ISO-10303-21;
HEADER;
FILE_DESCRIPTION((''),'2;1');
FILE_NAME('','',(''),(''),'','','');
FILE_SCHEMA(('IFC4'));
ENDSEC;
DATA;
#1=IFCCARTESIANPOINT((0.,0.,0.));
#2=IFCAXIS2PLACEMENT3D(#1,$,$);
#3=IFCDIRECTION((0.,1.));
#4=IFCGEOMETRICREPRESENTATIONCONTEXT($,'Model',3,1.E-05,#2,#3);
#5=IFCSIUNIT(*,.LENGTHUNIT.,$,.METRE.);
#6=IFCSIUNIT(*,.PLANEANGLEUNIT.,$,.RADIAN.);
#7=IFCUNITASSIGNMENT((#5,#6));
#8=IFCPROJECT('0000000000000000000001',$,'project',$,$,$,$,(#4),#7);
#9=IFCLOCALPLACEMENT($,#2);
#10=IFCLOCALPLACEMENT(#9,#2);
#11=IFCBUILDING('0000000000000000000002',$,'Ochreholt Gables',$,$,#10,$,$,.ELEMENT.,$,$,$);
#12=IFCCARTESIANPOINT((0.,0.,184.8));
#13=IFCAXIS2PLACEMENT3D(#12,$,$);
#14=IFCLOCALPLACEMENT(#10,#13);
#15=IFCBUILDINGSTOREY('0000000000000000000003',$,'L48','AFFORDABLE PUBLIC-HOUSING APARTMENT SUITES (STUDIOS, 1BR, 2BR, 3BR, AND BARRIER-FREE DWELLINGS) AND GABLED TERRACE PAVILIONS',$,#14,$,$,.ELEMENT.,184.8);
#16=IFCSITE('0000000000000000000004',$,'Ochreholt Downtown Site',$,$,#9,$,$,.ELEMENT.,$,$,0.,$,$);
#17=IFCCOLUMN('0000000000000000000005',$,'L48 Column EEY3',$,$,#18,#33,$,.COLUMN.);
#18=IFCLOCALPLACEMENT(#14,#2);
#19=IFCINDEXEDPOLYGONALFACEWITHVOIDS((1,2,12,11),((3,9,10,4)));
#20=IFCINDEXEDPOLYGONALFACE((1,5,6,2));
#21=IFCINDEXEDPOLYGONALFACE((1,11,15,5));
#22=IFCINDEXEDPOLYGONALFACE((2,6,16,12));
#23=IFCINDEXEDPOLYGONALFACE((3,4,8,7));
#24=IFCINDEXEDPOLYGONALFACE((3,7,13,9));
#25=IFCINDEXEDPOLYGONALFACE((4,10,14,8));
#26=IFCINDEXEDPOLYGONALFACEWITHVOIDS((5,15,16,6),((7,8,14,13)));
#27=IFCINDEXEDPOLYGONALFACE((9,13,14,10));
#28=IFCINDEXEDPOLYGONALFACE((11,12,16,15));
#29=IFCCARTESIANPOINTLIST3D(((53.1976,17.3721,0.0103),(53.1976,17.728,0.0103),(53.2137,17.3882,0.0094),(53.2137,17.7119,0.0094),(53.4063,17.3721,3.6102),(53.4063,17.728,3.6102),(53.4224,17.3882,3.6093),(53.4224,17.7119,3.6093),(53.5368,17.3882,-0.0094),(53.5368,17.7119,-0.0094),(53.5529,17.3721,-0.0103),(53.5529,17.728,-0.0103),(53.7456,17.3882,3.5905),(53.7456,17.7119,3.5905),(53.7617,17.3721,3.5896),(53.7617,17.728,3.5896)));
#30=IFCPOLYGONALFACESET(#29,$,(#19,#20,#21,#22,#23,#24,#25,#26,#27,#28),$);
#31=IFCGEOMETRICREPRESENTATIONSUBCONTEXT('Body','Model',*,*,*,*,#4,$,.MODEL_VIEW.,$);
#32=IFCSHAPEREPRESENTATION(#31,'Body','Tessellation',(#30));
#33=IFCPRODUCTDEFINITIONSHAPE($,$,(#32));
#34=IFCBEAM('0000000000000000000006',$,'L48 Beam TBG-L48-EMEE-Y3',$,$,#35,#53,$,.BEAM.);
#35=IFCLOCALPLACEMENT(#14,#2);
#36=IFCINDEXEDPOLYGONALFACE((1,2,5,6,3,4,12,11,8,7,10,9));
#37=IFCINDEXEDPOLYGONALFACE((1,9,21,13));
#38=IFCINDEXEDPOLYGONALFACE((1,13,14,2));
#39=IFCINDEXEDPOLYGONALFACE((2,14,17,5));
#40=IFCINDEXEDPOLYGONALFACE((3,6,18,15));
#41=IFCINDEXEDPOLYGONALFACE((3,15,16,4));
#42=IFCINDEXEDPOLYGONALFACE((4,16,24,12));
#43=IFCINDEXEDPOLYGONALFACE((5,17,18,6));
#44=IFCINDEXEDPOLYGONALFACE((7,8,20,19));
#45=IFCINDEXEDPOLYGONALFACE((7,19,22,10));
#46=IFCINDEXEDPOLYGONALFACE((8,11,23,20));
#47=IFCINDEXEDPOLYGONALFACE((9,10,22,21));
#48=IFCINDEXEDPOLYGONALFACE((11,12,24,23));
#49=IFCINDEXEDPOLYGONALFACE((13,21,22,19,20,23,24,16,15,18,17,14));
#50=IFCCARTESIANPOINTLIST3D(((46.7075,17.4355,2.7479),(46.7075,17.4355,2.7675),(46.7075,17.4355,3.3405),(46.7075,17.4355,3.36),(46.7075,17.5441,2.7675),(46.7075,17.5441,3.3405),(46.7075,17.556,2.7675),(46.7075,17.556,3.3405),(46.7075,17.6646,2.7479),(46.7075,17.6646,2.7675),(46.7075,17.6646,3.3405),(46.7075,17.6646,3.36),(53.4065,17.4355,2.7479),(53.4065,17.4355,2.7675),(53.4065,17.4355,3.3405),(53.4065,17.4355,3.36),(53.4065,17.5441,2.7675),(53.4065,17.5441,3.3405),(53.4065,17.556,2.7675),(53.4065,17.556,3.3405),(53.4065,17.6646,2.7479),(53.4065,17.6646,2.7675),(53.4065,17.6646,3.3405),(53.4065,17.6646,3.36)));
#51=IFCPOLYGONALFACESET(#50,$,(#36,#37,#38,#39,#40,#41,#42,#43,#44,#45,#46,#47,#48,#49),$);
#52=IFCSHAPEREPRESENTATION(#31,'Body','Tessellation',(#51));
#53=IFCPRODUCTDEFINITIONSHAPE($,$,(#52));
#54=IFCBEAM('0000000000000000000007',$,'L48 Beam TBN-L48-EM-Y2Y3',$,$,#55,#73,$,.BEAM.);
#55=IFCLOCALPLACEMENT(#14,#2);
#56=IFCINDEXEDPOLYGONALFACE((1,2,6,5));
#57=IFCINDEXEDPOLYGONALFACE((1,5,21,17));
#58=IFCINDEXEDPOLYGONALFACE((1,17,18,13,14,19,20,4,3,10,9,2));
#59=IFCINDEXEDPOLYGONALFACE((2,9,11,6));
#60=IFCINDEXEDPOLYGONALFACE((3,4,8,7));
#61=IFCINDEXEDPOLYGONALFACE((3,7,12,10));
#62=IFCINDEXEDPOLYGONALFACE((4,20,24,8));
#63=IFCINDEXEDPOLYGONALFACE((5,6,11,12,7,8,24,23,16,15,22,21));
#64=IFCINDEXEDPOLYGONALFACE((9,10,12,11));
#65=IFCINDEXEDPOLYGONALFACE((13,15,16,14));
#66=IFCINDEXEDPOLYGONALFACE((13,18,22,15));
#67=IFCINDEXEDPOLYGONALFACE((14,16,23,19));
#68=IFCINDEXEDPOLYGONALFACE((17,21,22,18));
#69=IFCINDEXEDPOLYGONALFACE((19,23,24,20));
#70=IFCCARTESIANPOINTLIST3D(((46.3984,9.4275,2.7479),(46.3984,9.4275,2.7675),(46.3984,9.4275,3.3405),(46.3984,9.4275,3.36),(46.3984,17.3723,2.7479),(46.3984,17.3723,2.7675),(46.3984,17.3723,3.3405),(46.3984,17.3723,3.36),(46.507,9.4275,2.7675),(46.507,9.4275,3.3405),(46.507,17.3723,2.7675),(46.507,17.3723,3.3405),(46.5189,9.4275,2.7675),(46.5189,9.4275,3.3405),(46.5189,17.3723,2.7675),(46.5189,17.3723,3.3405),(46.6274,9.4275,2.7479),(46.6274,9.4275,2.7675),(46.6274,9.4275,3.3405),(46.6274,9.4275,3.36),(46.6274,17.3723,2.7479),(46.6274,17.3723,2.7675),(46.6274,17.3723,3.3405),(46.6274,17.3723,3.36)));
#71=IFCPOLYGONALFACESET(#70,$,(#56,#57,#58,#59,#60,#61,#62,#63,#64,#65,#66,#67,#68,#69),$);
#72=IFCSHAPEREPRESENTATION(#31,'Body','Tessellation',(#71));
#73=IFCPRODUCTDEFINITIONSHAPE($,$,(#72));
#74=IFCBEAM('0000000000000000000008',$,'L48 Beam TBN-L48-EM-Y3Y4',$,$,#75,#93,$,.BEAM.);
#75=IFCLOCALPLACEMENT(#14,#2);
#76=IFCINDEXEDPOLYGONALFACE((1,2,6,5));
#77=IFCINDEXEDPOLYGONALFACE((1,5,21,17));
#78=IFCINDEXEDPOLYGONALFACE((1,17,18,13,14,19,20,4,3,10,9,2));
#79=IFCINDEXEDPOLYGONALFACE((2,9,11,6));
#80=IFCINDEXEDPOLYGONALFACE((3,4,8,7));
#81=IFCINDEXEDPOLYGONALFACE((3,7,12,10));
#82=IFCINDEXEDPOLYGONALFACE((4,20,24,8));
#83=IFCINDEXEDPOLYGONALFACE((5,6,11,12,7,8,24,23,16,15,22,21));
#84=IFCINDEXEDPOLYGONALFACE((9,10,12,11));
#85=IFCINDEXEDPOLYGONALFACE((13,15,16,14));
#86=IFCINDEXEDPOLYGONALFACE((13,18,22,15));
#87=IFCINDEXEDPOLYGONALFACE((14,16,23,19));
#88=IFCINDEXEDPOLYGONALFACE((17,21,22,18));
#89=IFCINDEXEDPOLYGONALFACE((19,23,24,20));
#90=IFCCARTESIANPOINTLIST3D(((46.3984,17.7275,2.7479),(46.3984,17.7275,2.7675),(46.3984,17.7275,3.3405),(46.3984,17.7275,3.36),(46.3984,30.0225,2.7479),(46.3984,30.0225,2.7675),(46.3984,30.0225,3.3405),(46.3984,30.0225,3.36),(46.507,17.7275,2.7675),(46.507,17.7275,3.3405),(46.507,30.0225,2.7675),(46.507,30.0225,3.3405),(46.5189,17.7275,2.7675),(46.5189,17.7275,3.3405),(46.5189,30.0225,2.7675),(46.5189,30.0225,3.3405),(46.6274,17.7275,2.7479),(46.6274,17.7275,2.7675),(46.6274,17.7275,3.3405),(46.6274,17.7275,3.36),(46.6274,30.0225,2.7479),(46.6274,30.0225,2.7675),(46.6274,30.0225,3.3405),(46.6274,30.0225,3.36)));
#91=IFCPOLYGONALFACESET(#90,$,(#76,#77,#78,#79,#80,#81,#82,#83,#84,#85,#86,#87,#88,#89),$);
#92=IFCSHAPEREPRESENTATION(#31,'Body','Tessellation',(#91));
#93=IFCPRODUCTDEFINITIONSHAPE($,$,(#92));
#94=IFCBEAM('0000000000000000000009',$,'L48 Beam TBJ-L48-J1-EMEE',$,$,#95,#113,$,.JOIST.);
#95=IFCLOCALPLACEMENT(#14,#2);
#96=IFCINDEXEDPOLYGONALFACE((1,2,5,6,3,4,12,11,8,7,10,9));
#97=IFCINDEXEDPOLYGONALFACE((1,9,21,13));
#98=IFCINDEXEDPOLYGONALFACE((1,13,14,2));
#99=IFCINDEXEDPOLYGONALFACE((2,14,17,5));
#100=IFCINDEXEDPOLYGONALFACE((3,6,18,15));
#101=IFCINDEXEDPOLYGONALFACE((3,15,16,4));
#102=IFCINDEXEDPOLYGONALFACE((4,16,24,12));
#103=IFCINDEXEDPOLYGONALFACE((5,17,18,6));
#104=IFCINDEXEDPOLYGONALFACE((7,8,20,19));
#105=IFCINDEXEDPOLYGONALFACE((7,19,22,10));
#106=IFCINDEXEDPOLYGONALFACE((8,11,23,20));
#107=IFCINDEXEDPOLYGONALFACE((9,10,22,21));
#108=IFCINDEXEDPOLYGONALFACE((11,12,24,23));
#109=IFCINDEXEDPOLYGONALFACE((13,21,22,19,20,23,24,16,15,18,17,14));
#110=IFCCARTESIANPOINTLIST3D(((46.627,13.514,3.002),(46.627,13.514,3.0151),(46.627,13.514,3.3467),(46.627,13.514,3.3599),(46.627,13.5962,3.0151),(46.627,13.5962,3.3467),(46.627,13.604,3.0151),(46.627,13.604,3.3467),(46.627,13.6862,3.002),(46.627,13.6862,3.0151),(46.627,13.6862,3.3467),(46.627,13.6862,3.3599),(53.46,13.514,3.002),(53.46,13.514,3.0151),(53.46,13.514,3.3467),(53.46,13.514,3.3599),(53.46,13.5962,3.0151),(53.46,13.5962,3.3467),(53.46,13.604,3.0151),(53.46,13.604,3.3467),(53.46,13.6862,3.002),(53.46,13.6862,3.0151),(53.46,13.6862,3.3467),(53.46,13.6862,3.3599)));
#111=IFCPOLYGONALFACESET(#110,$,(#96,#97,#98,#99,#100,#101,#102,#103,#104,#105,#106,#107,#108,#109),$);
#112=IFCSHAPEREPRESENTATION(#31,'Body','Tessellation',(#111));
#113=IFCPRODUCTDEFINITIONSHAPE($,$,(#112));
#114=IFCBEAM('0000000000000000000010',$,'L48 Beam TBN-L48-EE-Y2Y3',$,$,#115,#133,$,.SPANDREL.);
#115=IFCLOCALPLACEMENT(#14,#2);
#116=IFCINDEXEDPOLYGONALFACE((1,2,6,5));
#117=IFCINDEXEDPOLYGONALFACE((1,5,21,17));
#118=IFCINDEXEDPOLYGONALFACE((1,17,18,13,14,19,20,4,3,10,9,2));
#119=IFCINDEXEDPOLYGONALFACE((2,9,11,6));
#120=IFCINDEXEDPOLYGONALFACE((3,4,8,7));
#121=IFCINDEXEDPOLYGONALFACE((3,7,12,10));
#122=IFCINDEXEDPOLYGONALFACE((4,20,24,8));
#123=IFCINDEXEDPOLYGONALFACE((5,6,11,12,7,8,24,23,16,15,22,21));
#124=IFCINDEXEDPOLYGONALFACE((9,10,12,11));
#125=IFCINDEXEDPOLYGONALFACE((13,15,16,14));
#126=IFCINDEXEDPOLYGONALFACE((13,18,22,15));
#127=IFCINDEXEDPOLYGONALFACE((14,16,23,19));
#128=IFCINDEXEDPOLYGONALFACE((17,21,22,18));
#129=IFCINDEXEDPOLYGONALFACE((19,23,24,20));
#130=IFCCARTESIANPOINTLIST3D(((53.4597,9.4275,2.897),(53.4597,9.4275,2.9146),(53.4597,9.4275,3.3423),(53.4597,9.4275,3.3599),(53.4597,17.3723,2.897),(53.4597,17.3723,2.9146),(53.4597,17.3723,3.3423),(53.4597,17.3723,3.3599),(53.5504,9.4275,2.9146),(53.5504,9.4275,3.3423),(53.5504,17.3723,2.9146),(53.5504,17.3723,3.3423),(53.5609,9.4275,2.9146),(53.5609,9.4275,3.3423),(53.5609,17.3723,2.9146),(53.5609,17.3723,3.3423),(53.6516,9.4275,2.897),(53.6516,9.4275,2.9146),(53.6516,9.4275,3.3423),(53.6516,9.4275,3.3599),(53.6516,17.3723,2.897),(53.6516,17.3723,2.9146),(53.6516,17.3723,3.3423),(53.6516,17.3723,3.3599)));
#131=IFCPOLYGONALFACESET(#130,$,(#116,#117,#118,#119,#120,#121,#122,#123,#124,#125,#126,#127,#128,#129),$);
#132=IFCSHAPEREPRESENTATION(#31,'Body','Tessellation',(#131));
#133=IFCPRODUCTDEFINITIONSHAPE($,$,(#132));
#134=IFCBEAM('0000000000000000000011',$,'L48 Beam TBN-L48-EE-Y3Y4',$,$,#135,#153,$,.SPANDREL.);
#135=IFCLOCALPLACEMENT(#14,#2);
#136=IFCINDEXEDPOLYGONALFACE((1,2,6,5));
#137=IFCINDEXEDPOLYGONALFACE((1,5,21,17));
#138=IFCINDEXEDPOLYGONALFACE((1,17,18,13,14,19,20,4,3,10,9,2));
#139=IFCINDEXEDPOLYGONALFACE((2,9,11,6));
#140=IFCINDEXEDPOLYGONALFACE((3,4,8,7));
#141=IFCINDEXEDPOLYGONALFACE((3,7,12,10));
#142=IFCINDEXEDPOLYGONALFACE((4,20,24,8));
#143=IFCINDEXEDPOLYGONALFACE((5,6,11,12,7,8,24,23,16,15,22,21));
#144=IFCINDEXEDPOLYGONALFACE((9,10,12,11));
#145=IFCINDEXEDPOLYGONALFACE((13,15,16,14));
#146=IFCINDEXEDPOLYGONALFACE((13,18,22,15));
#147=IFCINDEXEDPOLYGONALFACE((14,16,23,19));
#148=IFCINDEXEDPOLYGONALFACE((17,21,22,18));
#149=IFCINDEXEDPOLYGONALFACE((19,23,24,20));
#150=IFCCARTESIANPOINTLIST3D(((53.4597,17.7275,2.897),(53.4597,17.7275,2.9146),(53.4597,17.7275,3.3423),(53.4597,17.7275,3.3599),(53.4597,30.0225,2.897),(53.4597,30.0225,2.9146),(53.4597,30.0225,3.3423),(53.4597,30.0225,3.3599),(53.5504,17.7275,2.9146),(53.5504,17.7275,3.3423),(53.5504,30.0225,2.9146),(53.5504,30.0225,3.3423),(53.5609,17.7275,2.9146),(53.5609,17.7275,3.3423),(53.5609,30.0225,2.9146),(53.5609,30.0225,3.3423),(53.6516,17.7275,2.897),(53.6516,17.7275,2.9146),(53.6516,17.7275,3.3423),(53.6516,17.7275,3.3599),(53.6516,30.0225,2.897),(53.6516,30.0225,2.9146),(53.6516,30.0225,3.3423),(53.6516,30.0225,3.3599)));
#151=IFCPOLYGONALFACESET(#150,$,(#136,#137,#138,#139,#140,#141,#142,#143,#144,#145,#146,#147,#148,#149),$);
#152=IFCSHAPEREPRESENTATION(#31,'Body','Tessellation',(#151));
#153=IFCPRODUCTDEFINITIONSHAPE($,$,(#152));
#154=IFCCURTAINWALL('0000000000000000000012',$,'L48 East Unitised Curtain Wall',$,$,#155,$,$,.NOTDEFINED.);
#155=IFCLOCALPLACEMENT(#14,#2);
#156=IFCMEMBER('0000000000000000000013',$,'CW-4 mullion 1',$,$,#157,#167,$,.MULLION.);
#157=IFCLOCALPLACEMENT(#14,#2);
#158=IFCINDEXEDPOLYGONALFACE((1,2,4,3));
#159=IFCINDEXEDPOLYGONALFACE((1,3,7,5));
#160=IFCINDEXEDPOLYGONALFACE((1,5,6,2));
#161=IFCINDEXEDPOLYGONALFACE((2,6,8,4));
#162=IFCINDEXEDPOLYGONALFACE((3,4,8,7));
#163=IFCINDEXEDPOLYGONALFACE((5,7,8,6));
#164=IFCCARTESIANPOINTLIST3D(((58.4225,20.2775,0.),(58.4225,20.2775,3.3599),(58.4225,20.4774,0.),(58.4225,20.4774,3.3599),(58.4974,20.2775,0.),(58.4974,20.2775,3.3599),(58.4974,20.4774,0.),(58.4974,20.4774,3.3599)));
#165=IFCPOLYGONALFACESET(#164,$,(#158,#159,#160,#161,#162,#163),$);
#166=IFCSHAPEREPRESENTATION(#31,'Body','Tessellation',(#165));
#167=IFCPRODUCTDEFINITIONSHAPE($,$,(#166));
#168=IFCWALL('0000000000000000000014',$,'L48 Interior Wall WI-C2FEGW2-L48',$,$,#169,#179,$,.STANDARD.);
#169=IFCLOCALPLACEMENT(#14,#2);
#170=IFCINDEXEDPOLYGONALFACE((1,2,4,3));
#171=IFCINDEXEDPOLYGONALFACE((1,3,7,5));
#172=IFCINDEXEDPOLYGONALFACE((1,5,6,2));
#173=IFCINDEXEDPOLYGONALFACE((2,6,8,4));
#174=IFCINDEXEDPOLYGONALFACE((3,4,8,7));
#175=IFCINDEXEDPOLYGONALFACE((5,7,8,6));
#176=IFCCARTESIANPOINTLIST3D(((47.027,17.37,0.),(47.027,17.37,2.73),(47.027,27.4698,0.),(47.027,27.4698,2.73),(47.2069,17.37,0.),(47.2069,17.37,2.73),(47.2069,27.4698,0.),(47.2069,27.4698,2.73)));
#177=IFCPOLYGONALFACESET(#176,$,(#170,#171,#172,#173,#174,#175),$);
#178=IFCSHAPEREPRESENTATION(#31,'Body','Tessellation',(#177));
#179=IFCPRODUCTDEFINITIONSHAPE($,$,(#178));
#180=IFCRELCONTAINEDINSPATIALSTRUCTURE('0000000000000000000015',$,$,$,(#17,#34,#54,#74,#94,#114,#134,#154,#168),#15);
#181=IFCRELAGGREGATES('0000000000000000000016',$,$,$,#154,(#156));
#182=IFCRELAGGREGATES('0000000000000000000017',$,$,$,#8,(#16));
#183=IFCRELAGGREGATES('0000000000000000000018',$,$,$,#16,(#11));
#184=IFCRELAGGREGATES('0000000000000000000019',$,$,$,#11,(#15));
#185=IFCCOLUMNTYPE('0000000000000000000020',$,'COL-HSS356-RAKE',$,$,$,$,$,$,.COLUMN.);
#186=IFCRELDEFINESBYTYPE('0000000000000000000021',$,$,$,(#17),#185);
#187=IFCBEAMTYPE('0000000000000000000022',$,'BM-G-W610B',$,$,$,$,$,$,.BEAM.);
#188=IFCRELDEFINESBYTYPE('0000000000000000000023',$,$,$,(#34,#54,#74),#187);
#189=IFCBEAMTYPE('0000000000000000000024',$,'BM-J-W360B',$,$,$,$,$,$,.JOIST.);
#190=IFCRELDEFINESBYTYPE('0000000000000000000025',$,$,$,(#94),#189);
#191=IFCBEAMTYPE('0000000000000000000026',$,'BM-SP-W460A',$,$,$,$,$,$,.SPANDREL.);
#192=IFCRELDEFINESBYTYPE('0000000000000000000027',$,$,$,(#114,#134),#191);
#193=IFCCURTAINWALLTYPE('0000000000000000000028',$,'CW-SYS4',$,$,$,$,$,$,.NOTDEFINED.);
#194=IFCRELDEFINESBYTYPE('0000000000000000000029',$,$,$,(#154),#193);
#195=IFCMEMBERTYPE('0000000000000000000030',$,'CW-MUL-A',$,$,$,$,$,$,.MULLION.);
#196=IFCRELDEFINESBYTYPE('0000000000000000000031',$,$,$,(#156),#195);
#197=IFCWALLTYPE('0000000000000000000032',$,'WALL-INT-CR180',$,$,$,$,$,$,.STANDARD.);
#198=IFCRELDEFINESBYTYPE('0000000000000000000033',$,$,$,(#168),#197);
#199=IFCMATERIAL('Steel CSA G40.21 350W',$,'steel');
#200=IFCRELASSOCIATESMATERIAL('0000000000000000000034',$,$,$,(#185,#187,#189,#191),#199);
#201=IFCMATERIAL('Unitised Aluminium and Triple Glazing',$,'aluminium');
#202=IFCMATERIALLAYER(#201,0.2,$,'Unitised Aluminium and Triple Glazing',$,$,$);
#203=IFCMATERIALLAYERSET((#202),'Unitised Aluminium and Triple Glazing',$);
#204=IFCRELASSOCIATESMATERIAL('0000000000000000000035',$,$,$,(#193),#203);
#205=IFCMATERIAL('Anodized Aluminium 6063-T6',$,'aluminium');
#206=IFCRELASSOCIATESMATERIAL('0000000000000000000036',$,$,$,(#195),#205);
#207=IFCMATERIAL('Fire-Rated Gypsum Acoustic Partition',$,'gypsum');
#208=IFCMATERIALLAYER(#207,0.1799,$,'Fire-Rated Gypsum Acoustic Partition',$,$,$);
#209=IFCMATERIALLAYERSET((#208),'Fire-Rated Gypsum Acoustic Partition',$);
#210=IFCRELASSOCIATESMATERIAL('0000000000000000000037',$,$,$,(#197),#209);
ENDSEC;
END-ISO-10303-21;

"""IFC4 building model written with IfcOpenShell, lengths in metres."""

from ifc_helpers import new_model, si_unit, direction, frame, frame_2d, origin, origin_2d, place, context, subcontext, project, spatial, rectangle, hollow_rectangle, i_section, extrude, material, layer, layer_set, material_profile, profile_set, type_object, element, aggregate, save


model = new_model("IFC4")

# Units and contexts
model_context = context("Model", 3, precision=1e-05, world=origin(), true_north=direction((0.0, 1.0)))
body_context = subcontext(model_context, "Body", "Model", "MODEL_VIEW")
ifc_project = project(units=[si_unit("LENGTHUNIT", "METRE"), si_unit("PLANEANGLEUNIT", "RADIAN")], contexts=[model_context])

# Site, building, storey
site_placement = place(None, origin())
site = spatial("IfcSite", under=ifc_project, at=site_placement, Name="Ochreholt Downtown Site", CompositionType="ELEMENT", RefElevation=0.0)
building_placement = place(site_placement, origin())
building = spatial("IfcBuilding", under=site, at=building_placement, Name="Ochreholt Gables", CompositionType="ELEMENT")
storey_placement = place(building_placement, frame((0.0, 0.0, 184.8)))
storey = spatial("IfcBuildingStorey", under=building, at=storey_placement, Name="L48", Description="AFFORDABLE PUBLIC-HOUSING APARTMENT SUITES (STUDIOS, 1BR, 2BR, 3BR, AND BARRIER-FREE DWELLINGS) AND GABLED TERRACE PAVILIONS", CompositionType="ELEMENT", Elevation=184.8)

# Column
ifc_material_1 = material(Name="Steel CSA G40.21 350W", Category="steel")
ifc_material_profile_1 = material_profile(ifc_material_1, hollow_rectangle(XDim=0.356, YDim=0.356, WallThickness=0.0161, at=origin_2d()), Name="HSS356X356X16")
ifc_profile_set_1 = profile_set([ifc_material_profile_1], Name="Steel CSA G40.21 350W")
column_type = type_object("IfcColumnType", Name="COL-HSS356-RAKE", PredefinedType="COLUMN", material=ifc_profile_set_1)
column_placement = place(storey_placement, frame((53.3752, 17.55, 0.0), z_axis=(0.057889, 0.0, 0.998323), x_axis=(0.0, 1.0, 0.0)))
element("IfcColumn", 1, at=column_placement, inside=storey, type_object=column_type, Name="L48 Column EEY3", PredefinedType="COLUMN", context=body_context, shape_type="SweptSolid", body=[
    extrude(hollow_rectangle(XDim=0.356, YDim=0.356, WallThickness=0.0161, at=origin_2d()), origin(), (0.0, 0.0, 1.0), 3.606),
])

# Beams
ifc_material_profile_2 = material_profile(ifc_material_1, i_section(OverallWidth=0.229, OverallDepth=0.6121, WebThickness=0.012, FlangeThickness=0.0195, at=origin_2d()), Name="W610X125")
ifc_profile_set_2 = profile_set([ifc_material_profile_2], Name="Steel CSA G40.21 350W")
beam_type_1 = type_object("IfcBeamType", Name="BM-G-W610B", PredefinedType="BEAM", material=ifc_profile_set_2)
beam_1_placement = place(storey_placement, frame((46.7075, 17.55, 3.054), z_axis=(1.0, 0.0, 0.0), x_axis=(0.0, 1.0, 0.0)))
element("IfcBeam", 2, at=beam_1_placement, inside=storey, type_object=beam_type_1, Name="L48 Beam TBG-L48-EMEE-Y3", PredefinedType="BEAM", context=body_context, shape_type="SweptSolid", body=[
    extrude(i_section(OverallWidth=0.229, OverallDepth=0.6121, WebThickness=0.012, FlangeThickness=0.0195, at=origin_2d()), origin(), (0.0, 0.0, 1.0), 6.699),
])
beam_2_placement = place(storey_placement, frame((46.5129, 9.4275, 3.054), z_axis=(0.0, 1.0, 0.0), x_axis=(-1.0, 0.0, 0.0)))
element("IfcBeam", 3, at=beam_2_placement, inside=storey, type_object=beam_type_1, Name="L48 Beam TBN-L48-EM-Y2Y3", PredefinedType="BEAM", context=body_context, shape_type="SweptSolid", body=[
    extrude(i_section(OverallWidth=0.229, OverallDepth=0.6121, WebThickness=0.012, FlangeThickness=0.0195, at=origin_2d()), origin(), (0.0, 0.0, 1.0), 7.9448),
])
beam_3_placement = place(storey_placement, frame((46.5129, 17.7275, 3.054), z_axis=(0.0, 1.0, 0.0), x_axis=(-1.0, 0.0, 0.0)))
element("IfcBeam", 4, at=beam_3_placement, inside=storey, type_object=beam_type_1, Name="L48 Beam TBN-L48-EM-Y3Y4", PredefinedType="BEAM", context=body_context, shape_type="SweptSolid", body=[
    extrude(i_section(OverallWidth=0.229, OverallDepth=0.6121, WebThickness=0.012, FlangeThickness=0.0195, at=origin_2d()), origin(), (0.0, 0.0, 1.0), 12.2949),
])
ifc_material_profile_3 = material_profile(ifc_material_1, i_section(OverallWidth=0.1721, OverallDepth=0.3579, WebThickness=0.0078, FlangeThickness=0.0132, at=origin_2d()), Name="W360X57")
ifc_profile_set_3 = profile_set([ifc_material_profile_3], Name="Steel CSA G40.21 350W")
beam_type_2 = type_object("IfcBeamType", Name="BM-J-W360B", PredefinedType="JOIST", material=ifc_profile_set_3)
beam_4_placement = place(storey_placement, frame((46.627, 13.6001, 3.1809), z_axis=(1.0, 0.0, 0.0), x_axis=(0.0, 1.0, 0.0)))
element("IfcBeam", 5, at=beam_4_placement, inside=storey, type_object=beam_type_2, Name="L48 Beam TBJ-L48-J1-EMEE", PredefinedType="JOIST", context=body_context, shape_type="SweptSolid", body=[
    extrude(i_section(OverallWidth=0.1721, OverallDepth=0.3579, WebThickness=0.0078, FlangeThickness=0.0132, at=origin_2d()), origin(), (0.0, 0.0, 1.0), 6.833),
])
ifc_material_profile_4 = material_profile(ifc_material_1, i_section(OverallWidth=0.1919, OverallDepth=0.4629, WebThickness=0.0105, FlangeThickness=0.0176, at=origin_2d()), Name="W460X89")
ifc_profile_set_4 = profile_set([ifc_material_profile_4], Name="Steel CSA G40.21 350W")
beam_type_3 = type_object("IfcBeamType", Name="BM-SP-W460A", PredefinedType="SPANDREL", material=ifc_profile_set_4)
beam_5_placement = place(storey_placement, frame((53.5557, 9.4275, 3.1284), z_axis=(0.0, 1.0, 0.0), x_axis=(-1.0, 0.0, 0.0)))
element("IfcBeam", 6, at=beam_5_placement, inside=storey, type_object=beam_type_3, Name="L48 Beam TBN-L48-EE-Y2Y3", PredefinedType="SPANDREL", context=body_context, shape_type="SweptSolid", body=[
    extrude(i_section(OverallWidth=0.1919, OverallDepth=0.4629, WebThickness=0.0105, FlangeThickness=0.0176, at=origin_2d()), origin(), (0.0, 0.0, 1.0), 7.9448),
])
beam_6_placement = place(storey_placement, frame((53.5557, 17.7275, 3.1284), z_axis=(0.0, 1.0, 0.0), x_axis=(-1.0, 0.0, 0.0)))
element("IfcBeam", 7, at=beam_6_placement, inside=storey, type_object=beam_type_3, Name="L48 Beam TBN-L48-EE-Y3Y4", PredefinedType="SPANDREL", context=body_context, shape_type="SweptSolid", body=[
    extrude(i_section(OverallWidth=0.1919, OverallDepth=0.4629, WebThickness=0.0105, FlangeThickness=0.0176, at=origin_2d()), origin(), (0.0, 0.0, 1.0), 12.2949),
])

# Curtain wall, member
ifc_material_2 = material(Name="Unitised Aluminium and Triple Glazing", Category="aluminium")
ifc_layer_1 = layer(ifc_material_2, 0.2, Name="Unitised Aluminium and Triple Glazing")
ifc_layer_set_1 = layer_set([ifc_layer_1], Name="Unitised Aluminium and Triple Glazing")
curtain_wall_type = type_object("IfcCurtainWallType", Name="CW-SYS4", PredefinedType="NOTDEFINED", material=ifc_layer_set_1)
curtain_wall_placement = place(storey_placement, origin())
curtain_wall = element("IfcCurtainWall", 8, at=curtain_wall_placement, inside=storey, type_object=curtain_wall_type, Name="L48 East Unitised Curtain Wall", PredefinedType="NOTDEFINED")
ifc_material_3 = material(Name="Anodized Aluminium 6063-T6", Category="aluminium")
ifc_material_profile_5 = material_profile(ifc_material_3, rectangle(XDim=0.075, YDim=0.2, at=origin_2d()), Name="CWM75X200")
ifc_profile_set_5 = profile_set([ifc_material_profile_5], Name="Anodized Aluminium 6063-T6")
member_type = type_object("IfcMemberType", Name="CW-MUL-A", PredefinedType="MULLION", material=ifc_profile_set_5)
member_placement = place(storey_placement, frame((58.46, 20.3774, 0.0), z_axis=(0.0, 0.0, 1.0), x_axis=(-1.0, 0.0, 0.0)))
member = element("IfcMember", 9, at=member_placement, type_object=member_type, Name="CW-4 mullion 1", PredefinedType="MULLION", context=body_context, shape_type="SweptSolid", body=[
    extrude(rectangle(XDim=0.075, YDim=0.2, at=origin_2d()), origin(), (0.0, 0.0, 1.0), 3.3599),
])
aggregate(curtain_wall, [member])

# Wall
ifc_material_4 = material(Name="Fire-Rated Gypsum Acoustic Partition", Category="gypsum")
ifc_layer_2 = layer(ifc_material_4, 0.1799, Name="Fire-Rated Gypsum Acoustic Partition")
ifc_layer_set_2 = layer_set([ifc_layer_2], Name="Fire-Rated Gypsum Acoustic Partition")
wall_type_1 = type_object("IfcWallType", Name="WALL-INT-CR180", PredefinedType="STANDARD", material=ifc_layer_set_2)
wall_1_placement = place(storey_placement, frame((47.1169, 17.3701, 0.0), z_axis=(0.0, 0.0, 1.0), x_axis=(0.0, 1.0, 0.0)))
element("IfcWall", 10, at=wall_1_placement, inside=storey, type_object=wall_type_1, Name="L48 Interior Wall WI-C2FEGW2-L48", PredefinedType="STANDARD", context=body_context, shape_type="SweptSolid", body=[
    extrude(rectangle(XDim=10.0999, YDim=0.1799, at=frame_2d((5.0498, 0.0))), origin(), (0.0, 0.0, 1.0), 2.73),
])

save(model, "model.ifc")
